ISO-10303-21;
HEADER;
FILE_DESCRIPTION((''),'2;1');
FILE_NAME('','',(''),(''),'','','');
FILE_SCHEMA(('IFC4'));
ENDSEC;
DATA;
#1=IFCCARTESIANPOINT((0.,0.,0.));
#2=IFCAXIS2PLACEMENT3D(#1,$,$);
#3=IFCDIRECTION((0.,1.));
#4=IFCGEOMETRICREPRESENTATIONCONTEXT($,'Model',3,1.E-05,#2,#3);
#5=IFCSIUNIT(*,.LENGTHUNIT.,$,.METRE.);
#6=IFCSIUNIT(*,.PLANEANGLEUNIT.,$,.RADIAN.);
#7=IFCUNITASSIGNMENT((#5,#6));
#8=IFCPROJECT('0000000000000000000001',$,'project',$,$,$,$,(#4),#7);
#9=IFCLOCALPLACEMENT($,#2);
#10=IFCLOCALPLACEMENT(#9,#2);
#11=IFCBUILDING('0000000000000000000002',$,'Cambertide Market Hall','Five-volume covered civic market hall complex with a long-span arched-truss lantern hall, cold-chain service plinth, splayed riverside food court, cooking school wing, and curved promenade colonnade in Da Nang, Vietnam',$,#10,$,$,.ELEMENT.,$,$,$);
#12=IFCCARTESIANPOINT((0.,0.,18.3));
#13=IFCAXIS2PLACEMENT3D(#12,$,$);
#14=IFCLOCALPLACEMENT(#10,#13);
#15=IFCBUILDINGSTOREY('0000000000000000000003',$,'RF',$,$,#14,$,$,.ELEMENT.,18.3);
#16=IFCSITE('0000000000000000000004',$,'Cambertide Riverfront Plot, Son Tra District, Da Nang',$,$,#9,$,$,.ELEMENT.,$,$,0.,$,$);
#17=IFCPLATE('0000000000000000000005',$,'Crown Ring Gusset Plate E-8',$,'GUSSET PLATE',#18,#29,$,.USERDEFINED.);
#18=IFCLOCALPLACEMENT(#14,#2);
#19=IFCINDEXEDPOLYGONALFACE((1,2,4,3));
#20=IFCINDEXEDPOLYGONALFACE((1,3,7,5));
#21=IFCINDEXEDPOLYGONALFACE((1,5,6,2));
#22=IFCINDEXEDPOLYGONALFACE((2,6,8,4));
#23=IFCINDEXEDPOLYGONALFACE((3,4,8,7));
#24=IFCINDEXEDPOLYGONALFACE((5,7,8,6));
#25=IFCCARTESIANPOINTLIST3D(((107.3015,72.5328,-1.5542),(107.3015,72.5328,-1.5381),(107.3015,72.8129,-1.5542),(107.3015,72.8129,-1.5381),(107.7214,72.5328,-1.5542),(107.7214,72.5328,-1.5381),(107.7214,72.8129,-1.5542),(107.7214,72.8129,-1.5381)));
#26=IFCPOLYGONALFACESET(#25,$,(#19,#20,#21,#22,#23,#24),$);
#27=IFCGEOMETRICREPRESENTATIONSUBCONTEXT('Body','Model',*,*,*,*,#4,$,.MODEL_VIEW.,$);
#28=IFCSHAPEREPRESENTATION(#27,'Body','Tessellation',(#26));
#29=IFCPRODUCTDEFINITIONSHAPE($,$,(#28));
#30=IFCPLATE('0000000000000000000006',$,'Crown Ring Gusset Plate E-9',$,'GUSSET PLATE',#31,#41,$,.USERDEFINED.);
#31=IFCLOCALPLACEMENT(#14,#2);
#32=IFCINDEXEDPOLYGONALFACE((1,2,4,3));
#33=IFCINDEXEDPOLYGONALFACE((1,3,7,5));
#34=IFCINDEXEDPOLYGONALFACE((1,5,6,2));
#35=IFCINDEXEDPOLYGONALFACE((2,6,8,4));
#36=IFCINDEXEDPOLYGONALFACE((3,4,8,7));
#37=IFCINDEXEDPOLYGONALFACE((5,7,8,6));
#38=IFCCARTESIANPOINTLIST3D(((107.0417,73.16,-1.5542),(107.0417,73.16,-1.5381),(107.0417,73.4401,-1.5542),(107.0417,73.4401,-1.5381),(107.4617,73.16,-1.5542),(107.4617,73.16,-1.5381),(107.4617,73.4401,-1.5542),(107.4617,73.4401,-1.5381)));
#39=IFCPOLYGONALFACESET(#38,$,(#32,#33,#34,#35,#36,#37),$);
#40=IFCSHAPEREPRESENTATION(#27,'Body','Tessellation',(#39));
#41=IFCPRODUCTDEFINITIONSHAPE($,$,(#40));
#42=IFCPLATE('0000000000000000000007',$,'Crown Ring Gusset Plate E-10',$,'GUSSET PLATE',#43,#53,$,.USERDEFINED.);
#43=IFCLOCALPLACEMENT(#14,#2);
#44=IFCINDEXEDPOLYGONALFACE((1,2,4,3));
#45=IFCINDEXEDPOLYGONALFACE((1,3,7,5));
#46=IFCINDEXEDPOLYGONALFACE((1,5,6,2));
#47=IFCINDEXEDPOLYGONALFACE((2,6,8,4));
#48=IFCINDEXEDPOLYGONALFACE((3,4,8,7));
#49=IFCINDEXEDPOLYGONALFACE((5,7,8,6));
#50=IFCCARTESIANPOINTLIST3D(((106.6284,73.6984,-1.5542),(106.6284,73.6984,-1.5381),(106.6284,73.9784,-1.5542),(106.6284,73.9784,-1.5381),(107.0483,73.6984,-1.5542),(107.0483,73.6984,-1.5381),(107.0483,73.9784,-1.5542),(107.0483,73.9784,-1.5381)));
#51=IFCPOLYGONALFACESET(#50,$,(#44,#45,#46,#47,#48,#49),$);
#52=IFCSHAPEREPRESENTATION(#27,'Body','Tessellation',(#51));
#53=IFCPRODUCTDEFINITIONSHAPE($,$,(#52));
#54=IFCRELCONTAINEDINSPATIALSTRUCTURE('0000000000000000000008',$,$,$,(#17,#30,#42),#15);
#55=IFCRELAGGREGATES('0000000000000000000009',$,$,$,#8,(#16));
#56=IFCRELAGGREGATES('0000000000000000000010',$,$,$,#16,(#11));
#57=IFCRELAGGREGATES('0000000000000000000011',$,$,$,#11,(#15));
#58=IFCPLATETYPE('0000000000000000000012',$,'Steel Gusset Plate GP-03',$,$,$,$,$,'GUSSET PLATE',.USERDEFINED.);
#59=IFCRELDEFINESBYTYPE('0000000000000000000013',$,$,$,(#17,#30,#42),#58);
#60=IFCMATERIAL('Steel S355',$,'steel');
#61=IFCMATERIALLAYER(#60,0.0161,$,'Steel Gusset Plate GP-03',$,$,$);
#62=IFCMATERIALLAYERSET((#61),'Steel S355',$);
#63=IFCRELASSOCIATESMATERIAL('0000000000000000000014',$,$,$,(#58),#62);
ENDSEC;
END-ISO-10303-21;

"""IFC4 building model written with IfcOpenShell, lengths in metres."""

from ifc_helpers import new_model, si_unit, direction, frame, origin, origin_2d, place, context, subcontext, project, spatial, rectangle, extrude, material, layer, layer_set, type_object, element, save


model = new_model("IFC4")

# Units and contexts
model_context = context("Model", 3, precision=1e-05, world=origin(), true_north=direction((0.0, 1.0)))
body_context = subcontext(model_context, "Body", "Model", "MODEL_VIEW")
ifc_project = project(units=[si_unit("LENGTHUNIT", "METRE"), si_unit("PLANEANGLEUNIT", "RADIAN")], contexts=[model_context])

# Site, building, storey
site_placement = place(None, origin())
site = spatial("IfcSite", under=ifc_project, at=site_placement, Name="Cambertide Riverfront Plot, Son Tra District, Da Nang", CompositionType="ELEMENT", RefElevation=0.0)
building_placement = place(site_placement, origin())
building = spatial("IfcBuilding", under=site, at=building_placement, Name="Cambertide Market Hall", Description="Five-volume covered civic market hall complex with a long-span arched-truss lantern hall, cold-chain service plinth, splayed riverside food court, cooking school wing, and curved promenade colonnade in Da Nang, Vietnam", CompositionType="ELEMENT")
storey_placement = place(building_placement, frame((0.0, 0.0, 18.3)))
storey = spatial("IfcBuildingStorey", under=building, at=storey_placement, Name="RF", CompositionType="ELEMENT", Elevation=18.3)

# Plates
ifc_material_1 = material(Name="Steel S355", Category="steel")
ifc_layer_1 = layer(ifc_material_1, 0.0161, Name="Steel Gusset Plate GP-03")
ifc_layer_set_1 = layer_set([ifc_layer_1], Name="Steel S355")
plate_type_1 = type_object("IfcPlateType", Name="Steel Gusset Plate GP-03", ElementType="GUSSET PLATE", PredefinedType="USERDEFINED", material=ifc_layer_set_1)
for number, where, z_axis, x_axis, name in (
    (1, (107.5115, 72.6729, -1.5542), (0.0, 0.0, 1.0), (1.0, 0.0, 0.0), "Crown Ring Gusset Plate E-8"),
    (2, (107.2517, 73.3, -1.5542), (0.0, 0.0, 1.0), (1.0, 0.0, 0.0), "Crown Ring Gusset Plate E-9"),
    (3, (106.8384, 73.8384, -1.5542), (0.0, 0.0, 1.0), (1.0, 0.0, 0.0), "Crown Ring Gusset Plate E-10"),
):
    element("IfcPlate", number, at=place(storey_placement, frame(where, z_axis=z_axis, x_axis=x_axis)), inside=storey, type_object=plate_type_1, Name=name, ObjectType="GUSSET PLATE", PredefinedType="USERDEFINED", context=body_context, shape_type="SweptSolid", body=[
        extrude(rectangle(XDim=0.4199, YDim=0.28, at=origin_2d()), origin(), (0.0, 0.0, 1.0), 0.0161),
    ])

save(model, "model.ifc")
